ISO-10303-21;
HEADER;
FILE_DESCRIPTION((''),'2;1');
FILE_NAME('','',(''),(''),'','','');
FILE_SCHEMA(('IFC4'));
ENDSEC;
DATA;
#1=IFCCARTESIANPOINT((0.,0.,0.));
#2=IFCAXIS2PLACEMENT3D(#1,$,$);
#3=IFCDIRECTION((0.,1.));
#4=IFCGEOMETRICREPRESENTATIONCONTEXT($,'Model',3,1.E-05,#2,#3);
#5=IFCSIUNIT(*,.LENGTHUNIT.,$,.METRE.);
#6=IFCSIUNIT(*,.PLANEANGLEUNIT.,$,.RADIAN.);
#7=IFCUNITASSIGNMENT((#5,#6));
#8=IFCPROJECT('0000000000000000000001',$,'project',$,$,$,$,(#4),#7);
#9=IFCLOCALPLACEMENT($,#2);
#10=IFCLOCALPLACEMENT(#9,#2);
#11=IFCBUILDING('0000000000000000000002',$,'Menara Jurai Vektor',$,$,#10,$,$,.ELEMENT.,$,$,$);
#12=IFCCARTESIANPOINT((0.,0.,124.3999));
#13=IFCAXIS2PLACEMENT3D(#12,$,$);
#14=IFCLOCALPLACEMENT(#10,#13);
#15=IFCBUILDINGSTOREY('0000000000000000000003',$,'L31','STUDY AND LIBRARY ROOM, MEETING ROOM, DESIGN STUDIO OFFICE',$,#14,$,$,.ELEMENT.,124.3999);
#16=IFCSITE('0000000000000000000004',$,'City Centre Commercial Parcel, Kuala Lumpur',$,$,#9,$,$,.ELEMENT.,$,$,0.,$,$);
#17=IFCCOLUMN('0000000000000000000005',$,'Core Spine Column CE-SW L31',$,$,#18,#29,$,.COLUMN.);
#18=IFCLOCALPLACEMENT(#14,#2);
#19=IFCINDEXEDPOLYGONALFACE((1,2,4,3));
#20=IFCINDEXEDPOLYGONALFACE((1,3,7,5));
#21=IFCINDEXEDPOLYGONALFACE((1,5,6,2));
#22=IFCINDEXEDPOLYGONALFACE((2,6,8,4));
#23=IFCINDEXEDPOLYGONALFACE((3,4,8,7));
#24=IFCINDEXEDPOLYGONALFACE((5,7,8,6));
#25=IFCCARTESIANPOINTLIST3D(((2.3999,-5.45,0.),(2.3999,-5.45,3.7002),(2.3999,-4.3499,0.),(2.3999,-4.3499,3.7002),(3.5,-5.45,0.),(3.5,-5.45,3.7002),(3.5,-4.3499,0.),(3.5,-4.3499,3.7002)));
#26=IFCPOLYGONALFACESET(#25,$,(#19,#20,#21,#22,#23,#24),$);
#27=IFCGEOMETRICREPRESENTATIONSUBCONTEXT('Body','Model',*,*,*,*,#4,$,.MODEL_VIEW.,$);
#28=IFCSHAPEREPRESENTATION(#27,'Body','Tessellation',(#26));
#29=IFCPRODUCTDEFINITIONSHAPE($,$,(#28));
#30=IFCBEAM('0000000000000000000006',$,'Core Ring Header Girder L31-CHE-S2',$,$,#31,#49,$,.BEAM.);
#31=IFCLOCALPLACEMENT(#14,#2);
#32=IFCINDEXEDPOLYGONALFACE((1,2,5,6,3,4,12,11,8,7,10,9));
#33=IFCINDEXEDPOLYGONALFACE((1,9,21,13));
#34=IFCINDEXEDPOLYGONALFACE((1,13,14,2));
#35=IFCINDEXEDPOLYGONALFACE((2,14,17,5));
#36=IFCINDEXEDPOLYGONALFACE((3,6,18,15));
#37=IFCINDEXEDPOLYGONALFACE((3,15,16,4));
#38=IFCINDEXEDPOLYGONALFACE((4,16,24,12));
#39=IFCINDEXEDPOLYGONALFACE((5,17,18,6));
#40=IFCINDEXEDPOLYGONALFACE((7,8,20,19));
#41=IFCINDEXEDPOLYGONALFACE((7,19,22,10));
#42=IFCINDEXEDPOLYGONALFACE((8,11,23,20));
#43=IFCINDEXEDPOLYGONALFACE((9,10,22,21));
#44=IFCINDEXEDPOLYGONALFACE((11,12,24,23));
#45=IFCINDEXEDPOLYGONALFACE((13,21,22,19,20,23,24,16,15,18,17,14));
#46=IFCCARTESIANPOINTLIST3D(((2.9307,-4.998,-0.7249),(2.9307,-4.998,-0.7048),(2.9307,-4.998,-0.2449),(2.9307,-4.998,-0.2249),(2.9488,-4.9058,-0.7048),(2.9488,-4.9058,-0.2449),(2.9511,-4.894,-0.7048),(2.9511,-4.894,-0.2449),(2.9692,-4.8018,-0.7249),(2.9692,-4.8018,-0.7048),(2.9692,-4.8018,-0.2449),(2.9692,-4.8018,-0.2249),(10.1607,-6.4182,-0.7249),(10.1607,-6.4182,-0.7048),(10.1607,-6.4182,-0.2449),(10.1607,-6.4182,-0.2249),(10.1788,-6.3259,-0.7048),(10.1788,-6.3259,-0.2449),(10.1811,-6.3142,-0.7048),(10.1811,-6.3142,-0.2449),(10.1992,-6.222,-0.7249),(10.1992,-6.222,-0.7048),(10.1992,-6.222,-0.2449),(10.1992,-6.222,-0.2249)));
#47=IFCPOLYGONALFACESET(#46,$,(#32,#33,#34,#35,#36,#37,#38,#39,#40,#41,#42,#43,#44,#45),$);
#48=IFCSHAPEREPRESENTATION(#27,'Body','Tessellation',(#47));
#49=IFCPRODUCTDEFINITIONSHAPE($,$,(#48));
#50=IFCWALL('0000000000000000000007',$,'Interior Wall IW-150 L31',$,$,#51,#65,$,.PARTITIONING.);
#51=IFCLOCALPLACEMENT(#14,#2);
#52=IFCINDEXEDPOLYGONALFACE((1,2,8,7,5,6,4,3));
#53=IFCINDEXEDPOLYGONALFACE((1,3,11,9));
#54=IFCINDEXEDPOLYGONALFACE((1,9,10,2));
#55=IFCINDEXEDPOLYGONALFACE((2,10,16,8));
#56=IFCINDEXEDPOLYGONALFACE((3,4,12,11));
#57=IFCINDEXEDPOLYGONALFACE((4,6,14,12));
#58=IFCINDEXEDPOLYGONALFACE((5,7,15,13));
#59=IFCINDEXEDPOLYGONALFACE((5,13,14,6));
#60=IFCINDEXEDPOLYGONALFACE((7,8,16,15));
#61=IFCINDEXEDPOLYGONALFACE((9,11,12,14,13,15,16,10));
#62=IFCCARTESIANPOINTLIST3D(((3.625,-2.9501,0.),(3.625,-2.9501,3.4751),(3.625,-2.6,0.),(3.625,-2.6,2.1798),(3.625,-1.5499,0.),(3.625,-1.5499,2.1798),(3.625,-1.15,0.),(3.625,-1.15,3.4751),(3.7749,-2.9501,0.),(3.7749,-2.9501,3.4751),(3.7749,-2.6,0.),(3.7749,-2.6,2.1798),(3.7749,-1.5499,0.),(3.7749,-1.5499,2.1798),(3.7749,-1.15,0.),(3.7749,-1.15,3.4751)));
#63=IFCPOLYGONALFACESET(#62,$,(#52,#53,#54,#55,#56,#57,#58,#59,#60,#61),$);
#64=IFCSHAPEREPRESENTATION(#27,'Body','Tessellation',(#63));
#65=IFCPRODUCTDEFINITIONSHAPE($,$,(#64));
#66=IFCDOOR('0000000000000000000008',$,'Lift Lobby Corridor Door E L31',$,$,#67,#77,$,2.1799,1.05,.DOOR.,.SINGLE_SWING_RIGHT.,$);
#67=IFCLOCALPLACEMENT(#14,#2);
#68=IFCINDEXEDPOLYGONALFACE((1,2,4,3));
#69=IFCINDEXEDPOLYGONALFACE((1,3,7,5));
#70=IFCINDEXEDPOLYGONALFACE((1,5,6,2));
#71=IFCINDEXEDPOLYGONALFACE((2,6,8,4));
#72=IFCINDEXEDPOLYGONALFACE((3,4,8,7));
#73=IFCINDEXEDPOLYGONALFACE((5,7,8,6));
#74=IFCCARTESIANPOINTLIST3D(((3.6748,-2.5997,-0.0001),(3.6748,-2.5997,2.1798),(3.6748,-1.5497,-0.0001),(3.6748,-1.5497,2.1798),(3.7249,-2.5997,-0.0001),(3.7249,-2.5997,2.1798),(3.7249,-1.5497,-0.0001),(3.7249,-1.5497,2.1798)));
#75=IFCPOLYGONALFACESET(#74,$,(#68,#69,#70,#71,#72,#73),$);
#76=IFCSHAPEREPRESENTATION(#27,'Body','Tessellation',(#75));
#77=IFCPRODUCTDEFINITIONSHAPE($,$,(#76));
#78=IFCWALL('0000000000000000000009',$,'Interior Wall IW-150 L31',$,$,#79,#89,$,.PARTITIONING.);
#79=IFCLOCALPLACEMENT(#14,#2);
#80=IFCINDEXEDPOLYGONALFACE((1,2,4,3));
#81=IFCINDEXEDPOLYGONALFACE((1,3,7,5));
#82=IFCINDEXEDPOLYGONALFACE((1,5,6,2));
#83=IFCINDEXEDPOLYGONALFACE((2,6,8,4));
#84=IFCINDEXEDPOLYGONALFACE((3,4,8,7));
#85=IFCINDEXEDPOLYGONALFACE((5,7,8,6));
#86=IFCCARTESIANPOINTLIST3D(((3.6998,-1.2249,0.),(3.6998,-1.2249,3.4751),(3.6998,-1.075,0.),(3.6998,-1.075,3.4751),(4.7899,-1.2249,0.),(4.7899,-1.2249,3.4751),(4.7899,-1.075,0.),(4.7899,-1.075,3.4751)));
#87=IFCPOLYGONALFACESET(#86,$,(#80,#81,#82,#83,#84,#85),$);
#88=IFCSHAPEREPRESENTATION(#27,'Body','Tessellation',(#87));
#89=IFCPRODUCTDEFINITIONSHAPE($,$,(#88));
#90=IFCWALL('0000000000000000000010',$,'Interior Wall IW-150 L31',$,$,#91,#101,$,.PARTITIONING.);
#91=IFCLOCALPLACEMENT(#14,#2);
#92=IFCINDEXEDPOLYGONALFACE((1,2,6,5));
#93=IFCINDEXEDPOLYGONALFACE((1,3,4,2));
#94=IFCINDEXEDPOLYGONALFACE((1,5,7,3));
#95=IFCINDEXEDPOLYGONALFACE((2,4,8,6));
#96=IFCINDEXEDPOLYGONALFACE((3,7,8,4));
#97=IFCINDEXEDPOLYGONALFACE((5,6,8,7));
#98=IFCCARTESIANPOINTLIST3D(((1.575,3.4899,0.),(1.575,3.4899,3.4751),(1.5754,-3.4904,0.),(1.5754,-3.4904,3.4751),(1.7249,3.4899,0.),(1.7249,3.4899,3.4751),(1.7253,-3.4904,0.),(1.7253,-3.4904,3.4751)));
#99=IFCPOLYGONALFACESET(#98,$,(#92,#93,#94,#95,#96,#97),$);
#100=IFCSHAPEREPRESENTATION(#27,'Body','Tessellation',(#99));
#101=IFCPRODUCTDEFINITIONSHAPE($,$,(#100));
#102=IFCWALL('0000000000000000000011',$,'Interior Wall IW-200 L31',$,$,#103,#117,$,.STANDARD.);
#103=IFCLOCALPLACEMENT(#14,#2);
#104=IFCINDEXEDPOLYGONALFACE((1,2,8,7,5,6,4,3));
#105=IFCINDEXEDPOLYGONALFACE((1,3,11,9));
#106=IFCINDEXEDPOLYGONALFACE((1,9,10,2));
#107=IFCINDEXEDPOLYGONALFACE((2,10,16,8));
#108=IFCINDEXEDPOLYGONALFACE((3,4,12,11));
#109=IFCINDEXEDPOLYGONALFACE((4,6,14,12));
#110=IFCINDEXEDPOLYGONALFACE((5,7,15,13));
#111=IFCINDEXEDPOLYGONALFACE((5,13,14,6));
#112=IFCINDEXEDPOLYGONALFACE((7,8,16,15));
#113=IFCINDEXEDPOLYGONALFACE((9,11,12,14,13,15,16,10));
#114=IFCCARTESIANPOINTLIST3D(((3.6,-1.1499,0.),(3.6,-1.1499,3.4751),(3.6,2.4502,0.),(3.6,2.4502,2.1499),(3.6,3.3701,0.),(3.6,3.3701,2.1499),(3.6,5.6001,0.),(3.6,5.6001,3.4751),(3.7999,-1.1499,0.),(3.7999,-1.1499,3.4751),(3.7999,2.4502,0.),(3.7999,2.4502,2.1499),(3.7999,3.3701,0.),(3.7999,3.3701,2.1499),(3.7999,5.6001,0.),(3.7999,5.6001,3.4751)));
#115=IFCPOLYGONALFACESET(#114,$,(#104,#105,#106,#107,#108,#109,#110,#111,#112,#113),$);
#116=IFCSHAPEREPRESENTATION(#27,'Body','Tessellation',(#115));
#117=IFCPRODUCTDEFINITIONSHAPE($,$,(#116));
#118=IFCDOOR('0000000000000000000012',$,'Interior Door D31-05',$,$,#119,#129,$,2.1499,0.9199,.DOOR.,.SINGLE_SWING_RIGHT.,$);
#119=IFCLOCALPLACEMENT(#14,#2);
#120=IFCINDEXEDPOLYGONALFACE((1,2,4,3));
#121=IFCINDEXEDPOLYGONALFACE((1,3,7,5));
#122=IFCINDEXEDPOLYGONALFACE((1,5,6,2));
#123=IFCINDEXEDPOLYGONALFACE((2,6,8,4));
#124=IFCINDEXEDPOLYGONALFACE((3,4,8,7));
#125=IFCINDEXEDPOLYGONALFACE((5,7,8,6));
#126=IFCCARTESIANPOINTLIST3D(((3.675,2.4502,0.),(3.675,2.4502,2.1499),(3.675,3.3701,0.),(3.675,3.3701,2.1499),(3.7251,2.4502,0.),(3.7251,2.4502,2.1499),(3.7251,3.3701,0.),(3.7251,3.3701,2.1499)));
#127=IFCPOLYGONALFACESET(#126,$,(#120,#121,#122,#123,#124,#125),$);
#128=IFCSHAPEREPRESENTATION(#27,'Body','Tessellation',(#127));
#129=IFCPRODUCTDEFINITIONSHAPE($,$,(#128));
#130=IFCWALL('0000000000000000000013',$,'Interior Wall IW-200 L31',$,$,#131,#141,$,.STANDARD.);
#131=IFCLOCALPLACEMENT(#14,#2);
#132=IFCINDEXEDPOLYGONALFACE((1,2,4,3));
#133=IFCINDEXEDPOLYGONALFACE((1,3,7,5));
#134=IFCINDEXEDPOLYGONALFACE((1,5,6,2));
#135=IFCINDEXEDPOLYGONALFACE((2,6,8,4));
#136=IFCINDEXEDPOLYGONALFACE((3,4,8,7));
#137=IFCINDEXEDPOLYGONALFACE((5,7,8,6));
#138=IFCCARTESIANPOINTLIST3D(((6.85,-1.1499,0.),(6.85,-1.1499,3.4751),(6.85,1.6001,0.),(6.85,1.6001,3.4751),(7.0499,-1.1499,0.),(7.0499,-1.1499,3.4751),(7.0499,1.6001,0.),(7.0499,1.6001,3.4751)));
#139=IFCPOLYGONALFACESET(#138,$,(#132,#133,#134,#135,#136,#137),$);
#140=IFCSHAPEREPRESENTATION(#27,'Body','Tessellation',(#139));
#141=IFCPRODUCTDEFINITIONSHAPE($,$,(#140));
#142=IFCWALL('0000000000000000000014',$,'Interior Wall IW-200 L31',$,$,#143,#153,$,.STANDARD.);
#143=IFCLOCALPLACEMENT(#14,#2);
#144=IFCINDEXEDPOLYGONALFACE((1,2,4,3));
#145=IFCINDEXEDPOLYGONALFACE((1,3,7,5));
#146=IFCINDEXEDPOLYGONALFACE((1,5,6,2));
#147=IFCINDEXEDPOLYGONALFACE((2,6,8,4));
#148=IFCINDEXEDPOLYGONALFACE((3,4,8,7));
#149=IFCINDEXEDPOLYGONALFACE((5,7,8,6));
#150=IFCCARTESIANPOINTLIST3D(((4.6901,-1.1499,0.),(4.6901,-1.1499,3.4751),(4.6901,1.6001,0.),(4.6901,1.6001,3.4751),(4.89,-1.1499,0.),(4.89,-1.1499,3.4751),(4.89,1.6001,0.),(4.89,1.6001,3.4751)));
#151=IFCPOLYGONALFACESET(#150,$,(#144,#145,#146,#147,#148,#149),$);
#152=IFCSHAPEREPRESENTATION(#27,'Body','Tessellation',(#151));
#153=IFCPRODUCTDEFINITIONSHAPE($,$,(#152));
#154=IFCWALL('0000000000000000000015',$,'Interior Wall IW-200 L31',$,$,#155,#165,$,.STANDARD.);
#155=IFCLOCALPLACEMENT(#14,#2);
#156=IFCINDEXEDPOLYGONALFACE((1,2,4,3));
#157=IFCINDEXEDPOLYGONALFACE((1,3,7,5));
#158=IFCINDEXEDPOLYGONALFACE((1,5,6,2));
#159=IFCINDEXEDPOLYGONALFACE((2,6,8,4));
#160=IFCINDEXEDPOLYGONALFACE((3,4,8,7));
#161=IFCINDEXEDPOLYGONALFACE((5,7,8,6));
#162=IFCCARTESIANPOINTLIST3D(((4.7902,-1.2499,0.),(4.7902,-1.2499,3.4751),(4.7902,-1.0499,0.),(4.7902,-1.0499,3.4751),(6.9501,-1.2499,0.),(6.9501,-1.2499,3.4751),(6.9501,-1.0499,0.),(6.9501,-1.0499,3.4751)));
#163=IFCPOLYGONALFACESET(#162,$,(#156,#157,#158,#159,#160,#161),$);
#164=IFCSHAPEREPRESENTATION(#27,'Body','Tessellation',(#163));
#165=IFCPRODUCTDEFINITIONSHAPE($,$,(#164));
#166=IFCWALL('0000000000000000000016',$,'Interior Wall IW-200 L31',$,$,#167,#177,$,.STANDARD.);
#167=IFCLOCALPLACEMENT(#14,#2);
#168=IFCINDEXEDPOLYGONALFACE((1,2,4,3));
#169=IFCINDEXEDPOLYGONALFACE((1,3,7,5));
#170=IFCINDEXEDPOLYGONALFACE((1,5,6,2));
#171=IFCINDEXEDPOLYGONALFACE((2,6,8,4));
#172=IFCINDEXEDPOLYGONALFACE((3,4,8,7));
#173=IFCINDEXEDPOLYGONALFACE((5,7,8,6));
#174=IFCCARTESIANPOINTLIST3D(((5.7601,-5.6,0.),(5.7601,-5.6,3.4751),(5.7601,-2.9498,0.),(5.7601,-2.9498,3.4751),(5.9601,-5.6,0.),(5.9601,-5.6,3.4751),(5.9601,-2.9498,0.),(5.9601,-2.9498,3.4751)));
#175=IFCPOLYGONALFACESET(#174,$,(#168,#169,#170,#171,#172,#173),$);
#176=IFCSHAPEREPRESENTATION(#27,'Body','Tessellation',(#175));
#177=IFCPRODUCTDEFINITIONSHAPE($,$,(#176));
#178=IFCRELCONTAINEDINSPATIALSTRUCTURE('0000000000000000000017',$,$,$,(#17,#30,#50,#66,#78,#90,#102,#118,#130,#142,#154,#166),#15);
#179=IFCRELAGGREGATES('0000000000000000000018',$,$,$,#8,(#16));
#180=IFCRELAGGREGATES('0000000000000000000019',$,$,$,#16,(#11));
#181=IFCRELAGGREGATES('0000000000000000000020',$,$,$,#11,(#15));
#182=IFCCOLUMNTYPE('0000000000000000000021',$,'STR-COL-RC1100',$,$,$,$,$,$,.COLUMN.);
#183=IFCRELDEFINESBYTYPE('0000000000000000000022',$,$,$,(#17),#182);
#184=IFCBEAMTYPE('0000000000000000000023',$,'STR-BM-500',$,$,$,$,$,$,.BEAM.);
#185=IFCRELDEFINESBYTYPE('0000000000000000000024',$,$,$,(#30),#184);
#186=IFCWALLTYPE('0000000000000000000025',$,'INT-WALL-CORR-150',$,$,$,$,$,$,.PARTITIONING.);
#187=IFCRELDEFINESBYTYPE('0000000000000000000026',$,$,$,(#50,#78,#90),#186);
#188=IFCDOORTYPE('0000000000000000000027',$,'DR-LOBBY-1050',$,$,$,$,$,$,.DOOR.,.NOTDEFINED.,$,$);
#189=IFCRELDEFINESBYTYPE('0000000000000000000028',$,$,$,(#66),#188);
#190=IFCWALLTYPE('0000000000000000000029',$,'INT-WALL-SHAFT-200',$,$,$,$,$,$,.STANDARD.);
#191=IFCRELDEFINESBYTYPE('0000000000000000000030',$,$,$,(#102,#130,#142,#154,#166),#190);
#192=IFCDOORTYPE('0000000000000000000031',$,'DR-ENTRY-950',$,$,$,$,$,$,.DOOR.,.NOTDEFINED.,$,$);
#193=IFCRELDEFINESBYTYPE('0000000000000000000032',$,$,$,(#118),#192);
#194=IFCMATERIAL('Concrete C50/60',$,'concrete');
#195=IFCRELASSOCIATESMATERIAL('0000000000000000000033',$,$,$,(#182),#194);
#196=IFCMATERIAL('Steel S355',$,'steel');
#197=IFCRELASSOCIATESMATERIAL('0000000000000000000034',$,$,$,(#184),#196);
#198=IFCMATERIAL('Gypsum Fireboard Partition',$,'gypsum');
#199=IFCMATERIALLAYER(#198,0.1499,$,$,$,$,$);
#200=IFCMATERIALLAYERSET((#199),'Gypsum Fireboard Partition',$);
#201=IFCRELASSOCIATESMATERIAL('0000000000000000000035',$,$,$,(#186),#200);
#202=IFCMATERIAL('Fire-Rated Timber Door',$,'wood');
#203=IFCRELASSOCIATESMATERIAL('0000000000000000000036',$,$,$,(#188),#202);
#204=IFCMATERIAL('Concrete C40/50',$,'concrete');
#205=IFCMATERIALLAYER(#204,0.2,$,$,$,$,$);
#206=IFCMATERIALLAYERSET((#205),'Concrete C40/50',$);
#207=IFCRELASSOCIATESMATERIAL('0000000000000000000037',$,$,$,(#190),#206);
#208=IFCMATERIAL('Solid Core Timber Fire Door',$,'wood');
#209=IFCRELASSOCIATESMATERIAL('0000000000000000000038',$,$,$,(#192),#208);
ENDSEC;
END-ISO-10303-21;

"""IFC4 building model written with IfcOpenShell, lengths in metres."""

from ifc_helpers import new_model, si_unit, direction, frame, frame_2d, origin, origin_2d, place, context, subcontext, project, spatial, rectangle, i_section, extrude, material, layer, layer_set, material_profile, profile_set, type_object, element, fill, save


model = new_model("IFC4")

# Units and contexts
model_context = context("Model", 3, precision=1e-05, world=origin(), true_north=direction((0.0, 1.0)))
body_context = subcontext(model_context, "Body", "Model", "MODEL_VIEW")
ifc_project = project(units=[si_unit("LENGTHUNIT", "METRE"), si_unit("PLANEANGLEUNIT", "RADIAN")], contexts=[model_context])

# Site, building, storey
site_placement = place(None, origin())
site = spatial("IfcSite", under=ifc_project, at=site_placement, Name="City Centre Commercial Parcel, Kuala Lumpur", CompositionType="ELEMENT", RefElevation=0.0)
building_placement = place(site_placement, origin())
building = spatial("IfcBuilding", under=site, at=building_placement, Name="Menara Jurai Vektor", CompositionType="ELEMENT")
storey_placement = place(building_placement, frame((0.0, 0.0, 124.3999)))
storey = spatial("IfcBuildingStorey", under=building, at=storey_placement, Name="L31", Description="STUDY AND LIBRARY ROOM, MEETING ROOM, DESIGN STUDIO OFFICE", CompositionType="ELEMENT", Elevation=124.3999)

# Column
ifc_material_1 = material(Name="Concrete C50/60", Category="concrete")
ifc_material_profile_1 = material_profile(ifc_material_1, rectangle(XDim=1.1001, YDim=1.1001, at=origin_2d()), Name="RC 1100x1100")
ifc_profile_set_1 = profile_set([ifc_material_profile_1], Name="Concrete C50/60")
column_type = type_object("IfcColumnType", Name="STR-COL-RC1100", PredefinedType="COLUMN", material=ifc_profile_set_1)
column_placement = place(storey_placement, frame((2.95, -4.8999, 0.0), z_axis=(0.0, 0.0, 1.0), x_axis=(1.0, 0.0, 0.0)))
element("IfcColumn", 1, at=column_placement, inside=storey, type_object=column_type, Name="Core Spine Column CE-SW L31", PredefinedType="COLUMN", context=body_context, shape_type="SweptSolid", body=[
    extrude(rectangle(XDim=1.1001, YDim=1.1001, at=origin_2d()), origin(), (0.0, 0.0, 1.0), 3.7002),
])

# Beam
ifc_material_2 = material(Name="Steel S355", Category="steel")
ifc_material_profile_2 = material_profile(ifc_material_2, i_section(OverallWidth=0.2, OverallDepth=0.5, WebThickness=0.012, FlangeThickness=0.02, at=origin_2d()), Name="PG 500x200x96")
ifc_profile_set_2 = profile_set([ifc_material_profile_2], Name="Steel S355")
beam_type = type_object("IfcBeamType", Name="STR-BM-500", PredefinedType="BEAM", material=ifc_profile_set_2)
beam_placement = place(storey_placement, frame((2.95, -4.8999, -0.4749), z_axis=(0.981249, -0.192744, 0.0), x_axis=(0.192744, 0.981249, 0.0)))
element("IfcBeam", 2, at=beam_placement, inside=storey, type_object=beam_type, Name="Core Ring Header Girder L31-CHE-S2", PredefinedType="BEAM", context=body_context, shape_type="SweptSolid", body=[
    extrude(i_section(OverallWidth=0.2, OverallDepth=0.5, WebThickness=0.012, FlangeThickness=0.02, at=origin_2d()), origin(), (0.0, 0.0, 1.0), 7.3682),
])

# Wall, opening, door
ifc_material_3 = material(Name="Gypsum Fireboard Partition", Category="gypsum")
ifc_layer_1 = layer(ifc_material_3, 0.1499)
ifc_layer_set_1 = layer_set([ifc_layer_1], Name="Gypsum Fireboard Partition")
wall_type_1 = type_object("IfcWallType", Name="INT-WALL-CORR-150", PredefinedType="PARTITIONING", material=ifc_layer_set_1)
wall_1_placement = place(storey_placement, frame((3.7, -2.95, 0.0), z_axis=(0.0, 0.0, 1.0), x_axis=(0.0, 1.0, 0.0)))
wall_1 = element("IfcWall", 3, at=wall_1_placement, inside=storey, type_object=wall_type_1, Name="Interior Wall IW-150 L31", PredefinedType="PARTITIONING", context=body_context, shape_type="SweptSolid", body=[
    extrude(rectangle(XDim=1.8, YDim=0.1499, at=frame_2d((0.8999, 0.0))), origin(), (0.0, 0.0, 1.0), 3.4751),
])
opening_1_placement = place(wall_1_placement, frame((0.3501, 0.0, 0.0)))
opening_1 = element("IfcOpeningElement", 4, at=opening_1_placement, cuts=wall_1, PredefinedType="OPENING", context=body_context, shape_type="SweptSolid", body=[
    extrude(rectangle(XDim=1.05, YDim=2.1799, at=frame_2d((0.5249, 1.0898))), frame((0.0, 0.085, 0.0), z_axis=(0.0, -1.0, 0.0), x_axis=(1.0, 0.0, 0.0)), (0.0, 0.0, 1.0), 0.1699),
])
ifc_material_4 = material(Name="Fire-Rated Timber Door", Category="wood")
door_type_1 = type_object("IfcDoorType", Name="DR-LOBBY-1050", OperationType="NOTDEFINED", PredefinedType="DOOR", material=ifc_material_4)
door_1_placement = place(opening_1_placement, frame((1.05, 0.0, 0.0), z_axis=(0.0, 0.0, 1.0), x_axis=(-1.0, 0.0, 0.0)))
door_1 = element("IfcDoor", 5, at=door_1_placement, inside=storey, type_object=door_type_1, Name="Lift Lobby Corridor Door E L31", OperationType="SINGLE_SWING_RIGHT", OverallHeight=2.1799, OverallWidth=1.05, PredefinedType="DOOR", context=body_context, shape_type="SweptSolid", body=[
    extrude(rectangle(XDim=1.05, YDim=2.1799, at=frame_2d((0.5249, 1.0898))), frame((0.0, 0.0249, 0.0), z_axis=(0.0, -1.0, 0.0), x_axis=(1.0, 0.0, 0.0)), (0.0, 0.0, 1.0), 0.05),
])
fill(opening_1, door_1)

# Walls
wall_2_placement = place(storey_placement, frame((3.7, -1.1499, 0.0), z_axis=(0.0, 0.0, 1.0), x_axis=(1.0, 0.0, 0.0)))
element("IfcWall", 6, at=wall_2_placement, inside=storey, type_object=wall_type_1, Name="Interior Wall IW-150 L31", PredefinedType="PARTITIONING", context=body_context, shape_type="SweptSolid", body=[
    extrude(rectangle(XDim=1.0901, YDim=0.1499, at=frame_2d((0.5449, 0.0))), origin(), (0.0, 0.0, 1.0), 3.4751),
])
wall_3_placement = place(storey_placement, frame((1.6504, -3.4905, 0.0), z_axis=(0.0, 0.0, 1.0), x_axis=(-0.00007, 1.0, 0.0)))
element("IfcWall", 7, at=wall_3_placement, inside=storey, type_object=wall_type_1, Name="Interior Wall IW-150 L31", PredefinedType="PARTITIONING", context=body_context, shape_type="SweptSolid", body=[
    extrude(rectangle(XDim=6.9802, YDim=0.1499, at=frame_2d((3.4902, 0.0))), origin(), (0.0, 0.0, 1.0), 3.4751),
])

# Wall, opening, door
ifc_material_5 = material(Name="Concrete C40/50", Category="concrete")
ifc_layer_2 = layer(ifc_material_5, 0.2)
ifc_layer_set_2 = layer_set([ifc_layer_2], Name="Concrete C40/50")
wall_type_2 = type_object("IfcWallType", Name="INT-WALL-SHAFT-200", PredefinedType="STANDARD", material=ifc_layer_set_2)
wall_4_placement = place(storey_placement, frame((3.7, -1.1499, 0.0), z_axis=(0.0, 0.0, 1.0), x_axis=(0.0, 1.0, 0.0)))
wall_4 = element("IfcWall", 8, at=wall_4_placement, inside=storey, type_object=wall_type_2, Name="Interior Wall IW-200 L31", PredefinedType="STANDARD", context=body_context, shape_type="SweptSolid", body=[
    extrude(rectangle(XDim=6.75, YDim=0.2, at=frame_2d((3.375, 0.0))), origin(), (0.0, 0.0, 1.0), 3.4751),
])
opening_2_placement = place(wall_4_placement, frame((3.6001, 0.0, 0.0)))
opening_2 = element("IfcOpeningElement", 9, at=opening_2_placement, cuts=wall_4, PredefinedType="OPENING", context=body_context, shape_type="SweptSolid", body=[
    extrude(rectangle(XDim=0.9199, YDim=2.1499, at=frame_2d((0.46, 1.075))), frame((0.0, 0.1099, 0.0), z_axis=(0.0, -1.0, 0.0), x_axis=(1.0, 0.0, 0.0)), (0.0, 0.0, 1.0), 0.22),
])
ifc_material_6 = material(Name="Solid Core Timber Fire Door", Category="wood")
door_type_2 = type_object("IfcDoorType", Name="DR-ENTRY-950", OperationType="NOTDEFINED", PredefinedType="DOOR", material=ifc_material_6)
door_2_placement = place(opening_2_placement, origin())
door_2 = element("IfcDoor", 10, at=door_2_placement, inside=storey, type_object=door_type_2, Name="Interior Door D31-05", OperationType="SINGLE_SWING_RIGHT", OverallHeight=2.1499, OverallWidth=0.9199, PredefinedType="DOOR", context=body_context, shape_type="SweptSolid", body=[
    extrude(rectangle(XDim=0.9199, YDim=2.1499, at=frame_2d((0.46, 1.075))), frame((0.0, 0.0249, 0.0), z_axis=(0.0, -1.0, 0.0), x_axis=(1.0, 0.0, 0.0)), (0.0, 0.0, 1.0), 0.05),
])
fill(opening_2, door_2)

# Wall
wall_5_placement = place(storey_placement, frame((6.95, -1.1499, 0.0), z_axis=(0.0, 0.0, 1.0), x_axis=(0.0, 1.0, 0.0)))
element("IfcWall", 11, at=wall_5_placement, inside=storey, type_object=wall_type_2, Name="Interior Wall IW-200 L31", PredefinedType="STANDARD", context=body_context, shape_type="SweptSolid", body=[
    extrude(rectangle(XDim=2.75, YDim=0.2, at=frame_2d((1.375, 0.0))), origin(), (0.0, 0.0, 1.0), 3.4751),
])

# Walls
wall_6_placement = place(storey_placement, frame((4.79, -1.1499, 0.0), z_axis=(0.0, 0.0, 1.0), x_axis=(0.0, 1.0, 0.0)))
element("IfcWall", 12, at=wall_6_placement, inside=storey, type_object=wall_type_2, Name="Interior Wall IW-200 L31", PredefinedType="STANDARD", context=body_context, shape_type="SweptSolid", body=[
    extrude(rectangle(XDim=2.75, YDim=0.2, at=frame_2d((1.375, 0.0))), origin(), (0.0, 0.0, 1.0), 3.4751),
])
wall_7_placement = place(storey_placement, frame((4.79, -1.1499, 0.0), z_axis=(0.0, 0.0, 1.0), x_axis=(1.0, 0.0, 0.0)))
element("IfcWall", 13, at=wall_7_placement, inside=storey, type_object=wall_type_2, Name="Interior Wall IW-200 L31", PredefinedType="STANDARD", context=body_context, shape_type="SweptSolid", body=[
    extrude(rectangle(XDim=2.1599, YDim=0.2, at=frame_2d((1.0801, 0.0))), origin(), (0.0, 0.0, 1.0), 3.4751),
])

# Wall
wall_8_placement = place(storey_placement, frame((5.8601, -5.6001, 0.0), z_axis=(0.0, 0.0, 1.0), x_axis=(0.0, 1.0, 0.0)))
element("IfcWall", 14, at=wall_8_placement, inside=storey, type_object=wall_type_2, Name="Interior Wall IW-200 L31", PredefinedType="STANDARD", context=body_context, shape_type="SweptSolid", body=[
    extrude(rectangle(XDim=2.6501, YDim=0.2, at=frame_2d((1.3252, 0.0))), origin(), (0.0, 0.0, 1.0), 3.4751),
])

save(model, "model.ifc")
